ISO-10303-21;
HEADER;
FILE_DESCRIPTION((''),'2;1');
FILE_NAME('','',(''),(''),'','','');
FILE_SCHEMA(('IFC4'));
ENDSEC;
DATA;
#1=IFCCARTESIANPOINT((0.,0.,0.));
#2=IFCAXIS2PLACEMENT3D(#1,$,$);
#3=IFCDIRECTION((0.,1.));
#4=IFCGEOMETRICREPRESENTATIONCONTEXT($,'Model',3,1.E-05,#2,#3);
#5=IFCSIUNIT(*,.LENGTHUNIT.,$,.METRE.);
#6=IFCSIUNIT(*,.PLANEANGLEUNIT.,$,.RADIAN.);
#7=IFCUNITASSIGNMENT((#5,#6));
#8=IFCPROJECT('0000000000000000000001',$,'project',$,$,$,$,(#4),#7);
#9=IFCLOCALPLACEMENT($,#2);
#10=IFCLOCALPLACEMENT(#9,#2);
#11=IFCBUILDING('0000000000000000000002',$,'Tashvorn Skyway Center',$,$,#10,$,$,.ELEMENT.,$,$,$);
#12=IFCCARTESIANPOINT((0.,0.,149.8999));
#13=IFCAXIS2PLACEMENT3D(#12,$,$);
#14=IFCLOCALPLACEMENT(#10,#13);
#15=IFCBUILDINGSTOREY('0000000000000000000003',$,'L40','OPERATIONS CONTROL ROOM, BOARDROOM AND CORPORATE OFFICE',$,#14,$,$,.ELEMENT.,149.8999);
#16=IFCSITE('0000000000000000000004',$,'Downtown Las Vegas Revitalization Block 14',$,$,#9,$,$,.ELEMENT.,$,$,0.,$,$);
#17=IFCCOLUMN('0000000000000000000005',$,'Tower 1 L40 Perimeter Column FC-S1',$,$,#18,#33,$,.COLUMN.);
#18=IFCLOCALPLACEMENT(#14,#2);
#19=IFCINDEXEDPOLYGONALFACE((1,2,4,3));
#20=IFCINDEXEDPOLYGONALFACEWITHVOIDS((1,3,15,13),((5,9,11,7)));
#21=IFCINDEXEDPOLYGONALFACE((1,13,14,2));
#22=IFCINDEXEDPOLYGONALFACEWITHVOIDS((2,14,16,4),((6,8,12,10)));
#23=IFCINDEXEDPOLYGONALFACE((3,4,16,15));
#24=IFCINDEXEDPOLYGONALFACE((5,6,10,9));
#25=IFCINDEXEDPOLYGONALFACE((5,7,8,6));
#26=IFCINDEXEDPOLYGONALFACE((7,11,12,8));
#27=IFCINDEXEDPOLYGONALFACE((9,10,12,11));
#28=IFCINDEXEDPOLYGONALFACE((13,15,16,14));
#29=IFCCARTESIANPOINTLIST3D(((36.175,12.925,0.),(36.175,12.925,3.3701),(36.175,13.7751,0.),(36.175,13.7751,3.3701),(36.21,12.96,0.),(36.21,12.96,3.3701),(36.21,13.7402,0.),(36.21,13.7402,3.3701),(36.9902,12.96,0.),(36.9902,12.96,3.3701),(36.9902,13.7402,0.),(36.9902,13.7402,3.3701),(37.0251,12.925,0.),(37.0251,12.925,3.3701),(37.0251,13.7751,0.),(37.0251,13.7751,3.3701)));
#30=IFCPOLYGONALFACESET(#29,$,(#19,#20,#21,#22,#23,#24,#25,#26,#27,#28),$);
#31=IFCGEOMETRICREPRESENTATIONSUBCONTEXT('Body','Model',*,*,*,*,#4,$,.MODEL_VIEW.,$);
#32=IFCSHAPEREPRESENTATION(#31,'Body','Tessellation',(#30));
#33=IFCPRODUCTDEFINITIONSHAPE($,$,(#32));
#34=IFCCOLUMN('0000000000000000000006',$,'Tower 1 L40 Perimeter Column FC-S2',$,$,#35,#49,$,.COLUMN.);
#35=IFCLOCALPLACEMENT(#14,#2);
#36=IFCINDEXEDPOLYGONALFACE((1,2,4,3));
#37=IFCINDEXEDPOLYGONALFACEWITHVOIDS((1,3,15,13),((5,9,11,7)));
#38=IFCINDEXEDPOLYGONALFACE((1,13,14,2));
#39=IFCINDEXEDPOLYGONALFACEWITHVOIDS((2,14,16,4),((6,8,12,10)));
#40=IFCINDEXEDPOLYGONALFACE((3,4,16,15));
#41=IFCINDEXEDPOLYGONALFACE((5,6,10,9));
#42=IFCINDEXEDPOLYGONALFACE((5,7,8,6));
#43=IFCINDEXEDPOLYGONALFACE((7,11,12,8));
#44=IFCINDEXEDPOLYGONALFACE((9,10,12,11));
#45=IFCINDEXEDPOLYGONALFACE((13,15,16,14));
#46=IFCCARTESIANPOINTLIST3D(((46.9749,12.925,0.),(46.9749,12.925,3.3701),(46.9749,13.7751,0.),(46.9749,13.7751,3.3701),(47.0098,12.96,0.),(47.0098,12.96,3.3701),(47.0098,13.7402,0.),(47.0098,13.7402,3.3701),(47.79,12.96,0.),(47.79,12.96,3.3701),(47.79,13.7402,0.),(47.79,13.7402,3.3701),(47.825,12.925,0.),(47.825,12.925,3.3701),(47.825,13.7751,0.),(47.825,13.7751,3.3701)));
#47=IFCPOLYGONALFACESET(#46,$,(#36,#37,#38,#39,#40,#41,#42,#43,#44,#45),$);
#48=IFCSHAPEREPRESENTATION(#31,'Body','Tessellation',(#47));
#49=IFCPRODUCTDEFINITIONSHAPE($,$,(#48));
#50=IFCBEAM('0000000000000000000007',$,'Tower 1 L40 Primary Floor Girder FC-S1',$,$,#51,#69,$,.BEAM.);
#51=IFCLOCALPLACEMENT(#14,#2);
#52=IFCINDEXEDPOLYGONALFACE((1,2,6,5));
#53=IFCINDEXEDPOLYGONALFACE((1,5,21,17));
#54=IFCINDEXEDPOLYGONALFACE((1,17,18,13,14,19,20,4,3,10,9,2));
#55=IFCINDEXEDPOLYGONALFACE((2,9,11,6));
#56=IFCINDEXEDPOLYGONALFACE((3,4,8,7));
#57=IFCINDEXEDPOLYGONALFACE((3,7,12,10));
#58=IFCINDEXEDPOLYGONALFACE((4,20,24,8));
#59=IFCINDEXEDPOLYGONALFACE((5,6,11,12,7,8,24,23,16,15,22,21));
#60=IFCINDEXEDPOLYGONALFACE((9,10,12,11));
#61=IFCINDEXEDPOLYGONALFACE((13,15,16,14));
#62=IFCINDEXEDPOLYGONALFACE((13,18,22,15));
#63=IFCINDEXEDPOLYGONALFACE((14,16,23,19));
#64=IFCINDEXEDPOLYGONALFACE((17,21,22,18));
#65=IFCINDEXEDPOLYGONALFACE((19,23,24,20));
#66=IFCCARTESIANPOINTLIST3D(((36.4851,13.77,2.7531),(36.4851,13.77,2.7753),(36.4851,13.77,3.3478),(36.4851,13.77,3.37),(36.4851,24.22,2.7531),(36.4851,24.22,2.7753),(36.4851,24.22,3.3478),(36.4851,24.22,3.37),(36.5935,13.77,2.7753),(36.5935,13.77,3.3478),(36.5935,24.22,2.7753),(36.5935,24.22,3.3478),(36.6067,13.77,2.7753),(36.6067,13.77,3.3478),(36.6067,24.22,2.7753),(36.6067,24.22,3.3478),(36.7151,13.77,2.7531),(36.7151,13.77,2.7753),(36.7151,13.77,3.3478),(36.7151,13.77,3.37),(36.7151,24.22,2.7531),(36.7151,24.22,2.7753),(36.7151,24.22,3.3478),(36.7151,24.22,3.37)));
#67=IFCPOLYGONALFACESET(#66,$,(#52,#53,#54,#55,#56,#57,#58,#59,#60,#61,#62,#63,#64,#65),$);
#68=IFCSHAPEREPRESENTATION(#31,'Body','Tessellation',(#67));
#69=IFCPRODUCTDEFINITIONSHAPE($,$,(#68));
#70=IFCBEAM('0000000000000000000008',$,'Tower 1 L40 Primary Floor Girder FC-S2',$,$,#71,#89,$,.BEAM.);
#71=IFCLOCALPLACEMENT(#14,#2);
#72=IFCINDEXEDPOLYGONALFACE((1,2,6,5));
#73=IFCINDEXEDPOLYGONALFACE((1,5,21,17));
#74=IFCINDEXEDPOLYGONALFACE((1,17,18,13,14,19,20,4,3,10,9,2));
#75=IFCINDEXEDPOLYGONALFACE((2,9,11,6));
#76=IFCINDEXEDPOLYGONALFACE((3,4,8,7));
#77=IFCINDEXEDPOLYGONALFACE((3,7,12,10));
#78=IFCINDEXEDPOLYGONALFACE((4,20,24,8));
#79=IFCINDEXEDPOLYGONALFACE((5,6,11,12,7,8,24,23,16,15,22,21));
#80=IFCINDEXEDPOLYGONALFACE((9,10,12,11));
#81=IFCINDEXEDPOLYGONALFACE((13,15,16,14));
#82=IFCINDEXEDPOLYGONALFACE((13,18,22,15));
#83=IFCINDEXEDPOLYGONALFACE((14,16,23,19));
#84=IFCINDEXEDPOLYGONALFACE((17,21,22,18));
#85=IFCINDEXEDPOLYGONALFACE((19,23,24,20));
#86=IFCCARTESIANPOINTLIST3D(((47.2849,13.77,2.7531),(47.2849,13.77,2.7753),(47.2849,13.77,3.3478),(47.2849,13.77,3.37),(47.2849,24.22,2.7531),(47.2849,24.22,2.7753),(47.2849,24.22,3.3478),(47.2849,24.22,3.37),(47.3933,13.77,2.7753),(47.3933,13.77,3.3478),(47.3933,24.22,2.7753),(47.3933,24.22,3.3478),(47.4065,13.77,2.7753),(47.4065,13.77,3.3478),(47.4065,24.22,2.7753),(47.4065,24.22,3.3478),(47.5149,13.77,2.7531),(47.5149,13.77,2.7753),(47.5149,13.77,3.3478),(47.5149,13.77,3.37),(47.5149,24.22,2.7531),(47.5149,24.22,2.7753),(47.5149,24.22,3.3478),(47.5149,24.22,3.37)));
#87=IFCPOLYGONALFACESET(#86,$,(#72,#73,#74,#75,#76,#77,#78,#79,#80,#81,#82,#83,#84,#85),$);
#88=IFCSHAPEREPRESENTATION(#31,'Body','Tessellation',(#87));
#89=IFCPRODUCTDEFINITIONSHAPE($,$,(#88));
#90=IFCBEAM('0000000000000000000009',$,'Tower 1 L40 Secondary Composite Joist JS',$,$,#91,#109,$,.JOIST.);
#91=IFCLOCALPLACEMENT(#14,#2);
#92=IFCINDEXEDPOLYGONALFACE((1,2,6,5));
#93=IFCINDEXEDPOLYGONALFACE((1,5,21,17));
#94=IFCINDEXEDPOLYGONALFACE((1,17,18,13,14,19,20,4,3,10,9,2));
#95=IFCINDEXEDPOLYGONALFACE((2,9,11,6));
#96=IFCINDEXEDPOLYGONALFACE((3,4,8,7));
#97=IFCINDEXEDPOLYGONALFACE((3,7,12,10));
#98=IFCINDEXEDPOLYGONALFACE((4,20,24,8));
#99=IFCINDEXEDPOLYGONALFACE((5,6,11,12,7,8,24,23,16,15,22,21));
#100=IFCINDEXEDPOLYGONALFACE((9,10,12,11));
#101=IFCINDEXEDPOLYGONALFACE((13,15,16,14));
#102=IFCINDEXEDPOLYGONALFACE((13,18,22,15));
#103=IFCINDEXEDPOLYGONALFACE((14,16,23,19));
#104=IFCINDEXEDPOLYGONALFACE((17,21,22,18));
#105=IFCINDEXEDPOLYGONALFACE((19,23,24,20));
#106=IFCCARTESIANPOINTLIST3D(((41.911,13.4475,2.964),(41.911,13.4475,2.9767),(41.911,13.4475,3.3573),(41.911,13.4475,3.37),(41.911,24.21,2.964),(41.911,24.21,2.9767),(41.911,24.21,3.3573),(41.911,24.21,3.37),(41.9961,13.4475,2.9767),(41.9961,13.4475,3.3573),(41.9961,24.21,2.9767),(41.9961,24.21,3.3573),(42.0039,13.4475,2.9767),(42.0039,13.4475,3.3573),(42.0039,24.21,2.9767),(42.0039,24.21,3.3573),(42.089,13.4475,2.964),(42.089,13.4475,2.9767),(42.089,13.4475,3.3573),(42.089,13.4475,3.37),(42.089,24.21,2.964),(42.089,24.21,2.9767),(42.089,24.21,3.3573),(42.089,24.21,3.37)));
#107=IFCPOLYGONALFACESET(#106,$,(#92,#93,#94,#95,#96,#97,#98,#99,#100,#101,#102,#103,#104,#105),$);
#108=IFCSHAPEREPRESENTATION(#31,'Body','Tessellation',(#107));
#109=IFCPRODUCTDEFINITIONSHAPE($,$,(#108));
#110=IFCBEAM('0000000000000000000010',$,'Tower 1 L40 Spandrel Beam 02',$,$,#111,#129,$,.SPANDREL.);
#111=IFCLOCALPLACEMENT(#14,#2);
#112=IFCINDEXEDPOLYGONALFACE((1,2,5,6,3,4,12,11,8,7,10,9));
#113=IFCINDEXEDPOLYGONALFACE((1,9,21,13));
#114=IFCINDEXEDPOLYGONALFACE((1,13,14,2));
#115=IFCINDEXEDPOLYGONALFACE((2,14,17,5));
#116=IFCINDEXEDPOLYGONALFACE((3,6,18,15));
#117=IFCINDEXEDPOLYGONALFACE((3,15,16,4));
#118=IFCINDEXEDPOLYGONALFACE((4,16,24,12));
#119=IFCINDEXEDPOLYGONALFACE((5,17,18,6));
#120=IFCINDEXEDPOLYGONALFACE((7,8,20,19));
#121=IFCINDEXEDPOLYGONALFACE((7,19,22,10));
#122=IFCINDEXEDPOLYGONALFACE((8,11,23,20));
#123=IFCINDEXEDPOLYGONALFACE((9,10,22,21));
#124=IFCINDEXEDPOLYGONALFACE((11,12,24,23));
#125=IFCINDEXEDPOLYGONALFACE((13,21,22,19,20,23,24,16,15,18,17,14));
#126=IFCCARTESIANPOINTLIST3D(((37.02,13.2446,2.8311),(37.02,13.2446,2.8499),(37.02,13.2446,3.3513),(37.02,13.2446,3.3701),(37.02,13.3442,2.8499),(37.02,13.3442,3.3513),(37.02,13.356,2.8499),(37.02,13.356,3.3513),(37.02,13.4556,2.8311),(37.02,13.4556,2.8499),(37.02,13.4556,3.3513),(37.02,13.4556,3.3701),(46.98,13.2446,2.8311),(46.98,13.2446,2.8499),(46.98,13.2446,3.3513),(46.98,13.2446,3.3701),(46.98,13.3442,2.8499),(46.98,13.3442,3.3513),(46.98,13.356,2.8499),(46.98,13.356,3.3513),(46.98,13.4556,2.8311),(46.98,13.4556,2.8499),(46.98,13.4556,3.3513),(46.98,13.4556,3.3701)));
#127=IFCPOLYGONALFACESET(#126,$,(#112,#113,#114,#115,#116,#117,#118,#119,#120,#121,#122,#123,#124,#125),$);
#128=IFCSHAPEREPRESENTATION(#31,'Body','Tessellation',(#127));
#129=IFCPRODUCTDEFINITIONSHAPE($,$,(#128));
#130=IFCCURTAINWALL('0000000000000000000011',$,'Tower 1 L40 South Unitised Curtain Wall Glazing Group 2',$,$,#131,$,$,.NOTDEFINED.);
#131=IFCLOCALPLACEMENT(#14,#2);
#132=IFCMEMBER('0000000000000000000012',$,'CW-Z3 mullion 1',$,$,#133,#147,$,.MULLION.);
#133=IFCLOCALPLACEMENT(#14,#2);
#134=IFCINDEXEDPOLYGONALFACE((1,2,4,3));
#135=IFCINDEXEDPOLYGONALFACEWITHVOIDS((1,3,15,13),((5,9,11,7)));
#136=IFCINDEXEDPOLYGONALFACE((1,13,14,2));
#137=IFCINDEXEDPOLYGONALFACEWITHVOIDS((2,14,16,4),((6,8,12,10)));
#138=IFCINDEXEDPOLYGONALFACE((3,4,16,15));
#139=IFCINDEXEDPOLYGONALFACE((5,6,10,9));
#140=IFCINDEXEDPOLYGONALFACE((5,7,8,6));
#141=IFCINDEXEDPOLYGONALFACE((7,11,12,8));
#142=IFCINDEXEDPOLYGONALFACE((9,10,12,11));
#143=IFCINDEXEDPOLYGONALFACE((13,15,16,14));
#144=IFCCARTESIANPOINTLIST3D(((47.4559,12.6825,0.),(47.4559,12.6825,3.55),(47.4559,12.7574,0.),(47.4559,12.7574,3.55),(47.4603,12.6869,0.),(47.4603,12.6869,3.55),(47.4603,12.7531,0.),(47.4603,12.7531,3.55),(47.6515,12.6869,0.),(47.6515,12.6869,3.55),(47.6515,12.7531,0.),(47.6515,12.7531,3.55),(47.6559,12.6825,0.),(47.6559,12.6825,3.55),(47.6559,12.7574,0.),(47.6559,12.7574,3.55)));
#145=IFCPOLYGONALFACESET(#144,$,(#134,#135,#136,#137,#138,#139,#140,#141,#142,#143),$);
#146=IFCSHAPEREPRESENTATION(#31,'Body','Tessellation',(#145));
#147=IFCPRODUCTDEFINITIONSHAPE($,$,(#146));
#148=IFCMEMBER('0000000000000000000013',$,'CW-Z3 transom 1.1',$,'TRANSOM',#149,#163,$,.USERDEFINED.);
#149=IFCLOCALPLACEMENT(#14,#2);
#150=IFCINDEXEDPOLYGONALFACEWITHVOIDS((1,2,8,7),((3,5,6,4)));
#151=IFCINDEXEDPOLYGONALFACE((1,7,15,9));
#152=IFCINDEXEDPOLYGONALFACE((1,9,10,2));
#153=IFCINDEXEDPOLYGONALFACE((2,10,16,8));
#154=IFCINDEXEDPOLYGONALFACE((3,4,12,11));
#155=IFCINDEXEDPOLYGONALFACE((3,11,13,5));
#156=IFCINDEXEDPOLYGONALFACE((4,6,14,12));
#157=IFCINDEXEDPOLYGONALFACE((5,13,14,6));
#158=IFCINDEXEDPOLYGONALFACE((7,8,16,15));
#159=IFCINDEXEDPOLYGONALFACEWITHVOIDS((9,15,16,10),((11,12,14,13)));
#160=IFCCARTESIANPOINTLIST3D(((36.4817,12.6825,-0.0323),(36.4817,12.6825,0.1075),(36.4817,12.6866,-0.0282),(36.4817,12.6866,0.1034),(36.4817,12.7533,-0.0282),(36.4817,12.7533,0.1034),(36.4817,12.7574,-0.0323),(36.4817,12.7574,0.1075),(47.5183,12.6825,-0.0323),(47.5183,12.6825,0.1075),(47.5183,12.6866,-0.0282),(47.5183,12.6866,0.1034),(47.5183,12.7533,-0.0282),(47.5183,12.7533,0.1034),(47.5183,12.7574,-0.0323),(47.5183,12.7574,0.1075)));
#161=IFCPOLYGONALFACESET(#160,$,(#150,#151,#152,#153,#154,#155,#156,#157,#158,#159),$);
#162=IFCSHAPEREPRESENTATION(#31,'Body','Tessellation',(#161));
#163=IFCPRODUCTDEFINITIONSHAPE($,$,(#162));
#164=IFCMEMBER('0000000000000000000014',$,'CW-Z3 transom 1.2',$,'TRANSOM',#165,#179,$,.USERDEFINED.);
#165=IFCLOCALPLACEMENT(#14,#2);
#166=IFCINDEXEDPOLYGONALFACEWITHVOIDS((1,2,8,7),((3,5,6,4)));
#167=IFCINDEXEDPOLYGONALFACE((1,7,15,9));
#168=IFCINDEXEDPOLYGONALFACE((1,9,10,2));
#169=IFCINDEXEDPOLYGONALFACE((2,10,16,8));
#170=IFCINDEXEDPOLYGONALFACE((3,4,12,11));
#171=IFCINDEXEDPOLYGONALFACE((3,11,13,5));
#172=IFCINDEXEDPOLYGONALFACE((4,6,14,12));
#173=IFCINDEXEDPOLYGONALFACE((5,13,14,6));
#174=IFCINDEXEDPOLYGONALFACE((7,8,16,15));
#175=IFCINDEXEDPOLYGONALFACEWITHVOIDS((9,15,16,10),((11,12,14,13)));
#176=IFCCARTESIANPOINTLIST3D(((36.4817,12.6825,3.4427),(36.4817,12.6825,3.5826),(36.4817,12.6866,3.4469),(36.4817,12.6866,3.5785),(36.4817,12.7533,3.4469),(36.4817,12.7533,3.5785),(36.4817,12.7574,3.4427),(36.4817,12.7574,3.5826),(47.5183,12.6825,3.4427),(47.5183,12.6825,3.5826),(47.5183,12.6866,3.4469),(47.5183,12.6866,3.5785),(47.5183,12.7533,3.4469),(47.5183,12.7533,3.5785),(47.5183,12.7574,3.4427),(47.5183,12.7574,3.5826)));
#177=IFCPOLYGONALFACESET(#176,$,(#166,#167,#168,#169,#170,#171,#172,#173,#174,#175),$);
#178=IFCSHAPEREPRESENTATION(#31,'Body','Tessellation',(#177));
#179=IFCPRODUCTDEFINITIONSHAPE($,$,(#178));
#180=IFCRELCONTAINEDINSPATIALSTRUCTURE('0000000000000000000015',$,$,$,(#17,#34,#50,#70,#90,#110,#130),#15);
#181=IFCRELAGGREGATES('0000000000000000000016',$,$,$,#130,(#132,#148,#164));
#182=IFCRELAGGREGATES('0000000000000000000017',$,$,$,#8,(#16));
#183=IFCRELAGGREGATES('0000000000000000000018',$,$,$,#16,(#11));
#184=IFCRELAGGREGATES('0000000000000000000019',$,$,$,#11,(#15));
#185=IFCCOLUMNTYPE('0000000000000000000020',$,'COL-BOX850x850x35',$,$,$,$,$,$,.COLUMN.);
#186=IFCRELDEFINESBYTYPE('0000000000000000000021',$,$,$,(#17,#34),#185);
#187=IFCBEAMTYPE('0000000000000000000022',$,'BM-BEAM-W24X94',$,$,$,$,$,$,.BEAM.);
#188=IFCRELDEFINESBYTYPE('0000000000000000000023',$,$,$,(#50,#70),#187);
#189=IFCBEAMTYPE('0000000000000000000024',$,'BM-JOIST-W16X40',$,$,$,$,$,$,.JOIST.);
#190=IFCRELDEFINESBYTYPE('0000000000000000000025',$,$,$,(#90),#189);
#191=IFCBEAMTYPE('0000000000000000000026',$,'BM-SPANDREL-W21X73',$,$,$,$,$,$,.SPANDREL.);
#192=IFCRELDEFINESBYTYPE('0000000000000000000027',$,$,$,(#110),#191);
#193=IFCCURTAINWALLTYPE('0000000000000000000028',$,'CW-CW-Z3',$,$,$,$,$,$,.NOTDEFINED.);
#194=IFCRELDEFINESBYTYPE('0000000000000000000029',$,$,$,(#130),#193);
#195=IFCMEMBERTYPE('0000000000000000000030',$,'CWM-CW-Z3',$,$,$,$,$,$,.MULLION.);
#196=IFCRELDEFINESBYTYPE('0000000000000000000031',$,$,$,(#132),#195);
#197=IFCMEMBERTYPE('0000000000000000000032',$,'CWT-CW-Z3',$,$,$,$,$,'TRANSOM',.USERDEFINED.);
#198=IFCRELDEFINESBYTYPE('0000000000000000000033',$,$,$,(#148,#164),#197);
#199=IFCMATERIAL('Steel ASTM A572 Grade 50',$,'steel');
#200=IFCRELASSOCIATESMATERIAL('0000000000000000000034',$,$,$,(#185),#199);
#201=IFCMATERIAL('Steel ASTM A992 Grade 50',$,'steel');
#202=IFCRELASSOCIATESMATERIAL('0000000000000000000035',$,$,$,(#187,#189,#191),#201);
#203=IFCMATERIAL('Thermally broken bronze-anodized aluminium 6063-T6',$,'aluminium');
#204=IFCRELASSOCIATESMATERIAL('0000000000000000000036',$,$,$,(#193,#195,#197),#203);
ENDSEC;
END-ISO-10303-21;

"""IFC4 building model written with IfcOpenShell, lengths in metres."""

from ifc_helpers import new_model, si_unit, direction, frame, origin, origin_2d, place, context, subcontext, project, spatial, hollow_rectangle, i_section, extrude, material, material_profile, profile_set, type_object, element, aggregate, save


model = new_model("IFC4")

# Units and contexts
model_context = context("Model", 3, precision=1e-05, world=origin(), true_north=direction((0.0, 1.0)))
body_context = subcontext(model_context, "Body", "Model", "MODEL_VIEW")
ifc_project = project(units=[si_unit("LENGTHUNIT", "METRE"), si_unit("PLANEANGLEUNIT", "RADIAN")], contexts=[model_context])

# Site, building, storey
site_placement = place(None, origin())
site = spatial("IfcSite", under=ifc_project, at=site_placement, Name="Downtown Las Vegas Revitalization Block 14", CompositionType="ELEMENT", RefElevation=0.0)
building_placement = place(site_placement, origin())
building = spatial("IfcBuilding", under=site, at=building_placement, Name="Tashvorn Skyway Center", CompositionType="ELEMENT")
storey_placement = place(building_placement, frame((0.0, 0.0, 149.8999)))
storey = spatial("IfcBuildingStorey", under=building, at=storey_placement, Name="L40", Description="OPERATIONS CONTROL ROOM, BOARDROOM AND CORPORATE OFFICE", CompositionType="ELEMENT", Elevation=149.8999)

# Columns
ifc_material_1 = material(Name="Steel ASTM A572 Grade 50", Category="steel")
ifc_material_profile_1 = material_profile(ifc_material_1, hollow_rectangle(XDim=0.8501, YDim=0.8501, WallThickness=0.0349, at=origin_2d()), Name="BOX850x850x35")
ifc_profile_set_1 = profile_set([ifc_material_profile_1], Name="Steel ASTM A572 Grade 50")
column_type = type_object("IfcColumnType", Name="COL-BOX850x850x35", PredefinedType="COLUMN", material=ifc_profile_set_1)
for number, where, z_axis, x_axis, name in (
    (1, (36.6001, 13.3501, 0.0), (0.0, 0.0, 1.0), (1.0, 0.0, 0.0), "Tower 1 L40 Perimeter Column FC-S1"),
    (2, (47.3999, 13.3501, 0.0), (0.0, 0.0, 1.0), (1.0, 0.0, 0.0), "Tower 1 L40 Perimeter Column FC-S2"),
):
    element("IfcColumn", number, at=place(storey_placement, frame(where, z_axis=z_axis, x_axis=x_axis)), inside=storey, type_object=column_type, Name=name, PredefinedType="COLUMN", context=body_context, shape_type="SweptSolid", body=[
        extrude(hollow_rectangle(XDim=0.8501, YDim=0.8501, WallThickness=0.0349, at=origin_2d()), origin(), (0.0, 0.0, 1.0), 3.3701),
    ])

# Beams
ifc_material_2 = material(Name="Steel ASTM A992 Grade 50", Category="steel")
ifc_material_profile_2 = material_profile(ifc_material_2, i_section(OverallWidth=0.23, OverallDepth=0.6169, WebThickness=0.0132, FlangeThickness=0.0222, at=origin_2d()), Name="W24X94")
ifc_profile_set_2 = profile_set([ifc_material_profile_2], Name="Steel ASTM A992 Grade 50")
beam_type_1 = type_object("IfcBeamType", Name="BM-BEAM-W24X94", PredefinedType="BEAM", material=ifc_profile_set_2)
for number, where, z_axis, x_axis, name in (
    (3, (36.6001, 13.77, 3.0615), (0.0, 1.0, 0.0), (-1.0, 0.0, 0.0), "Tower 1 L40 Primary Floor Girder FC-S1"),
    (4, (47.3999, 13.77, 3.0615), (0.0, 1.0, 0.0), (-1.0, 0.0, 0.0), "Tower 1 L40 Primary Floor Girder FC-S2"),
):
    element("IfcBeam", number, at=place(storey_placement, frame(where, z_axis=z_axis, x_axis=x_axis)), inside=storey, type_object=beam_type_1, Name=name, PredefinedType="BEAM", context=body_context, shape_type="SweptSolid", body=[
        extrude(i_section(OverallWidth=0.23, OverallDepth=0.6169, WebThickness=0.0132, FlangeThickness=0.0222, at=origin_2d()), origin(), (0.0, 0.0, 1.0), 10.45),
    ])
ifc_material_profile_3 = material_profile(ifc_material_2, i_section(OverallWidth=0.178, OverallDepth=0.406, WebThickness=0.0078, FlangeThickness=0.0127, at=origin_2d()), Name="W16X40")
ifc_profile_set_3 = profile_set([ifc_material_profile_3], Name="Steel ASTM A992 Grade 50")
beam_type_2 = type_object("IfcBeamType", Name="BM-JOIST-W16X40", PredefinedType="JOIST", material=ifc_profile_set_3)
beam_1_placement = place(storey_placement, frame((42.0, 24.21, 3.167), z_axis=(0.0, -1.0, 0.0), x_axis=(1.0, 0.0, 0.0)))
element("IfcBeam", 5, at=beam_1_placement, inside=storey, type_object=beam_type_2, Name="Tower 1 L40 Secondary Composite Joist JS", PredefinedType="JOIST", context=body_context, shape_type="SweptSolid", body=[
    extrude(i_section(OverallWidth=0.178, OverallDepth=0.406, WebThickness=0.0078, FlangeThickness=0.0127, at=origin_2d()), origin(), (0.0, 0.0, 1.0), 10.7625),
])
ifc_material_profile_4 = material_profile(ifc_material_2, i_section(OverallWidth=0.2109, OverallDepth=0.5391, WebThickness=0.0117, FlangeThickness=0.0188, at=origin_2d()), Name="W21X73")
ifc_profile_set_4 = profile_set([ifc_material_profile_4], Name="Steel ASTM A992 Grade 50")
beam_type_3 = type_object("IfcBeamType", Name="BM-SPANDREL-W21X73", PredefinedType="SPANDREL", material=ifc_profile_set_4)
beam_2_placement = place(storey_placement, frame((37.02, 13.3501, 3.1006), z_axis=(1.0, 0.0, 0.0), x_axis=(0.0, 1.0, 0.0)))
element("IfcBeam", 6, at=beam_2_placement, inside=storey, type_object=beam_type_3, Name="Tower 1 L40 Spandrel Beam 02", PredefinedType="SPANDREL", context=body_context, shape_type="SweptSolid", body=[
    extrude(i_section(OverallWidth=0.2109, OverallDepth=0.5391, WebThickness=0.0117, FlangeThickness=0.0188, at=origin_2d()), origin(), (0.0, 0.0, 1.0), 9.96),
])

# Curtain wall, members
ifc_material_3 = material(Name="Thermally broken bronze-anodized aluminium 6063-T6", Category="aluminium")
curtain_wall_type = type_object("IfcCurtainWallType", Name="CW-CW-Z3", PredefinedType="NOTDEFINED", material=ifc_material_3)
curtain_wall_placement = place(storey_placement, origin())
curtain_wall = element("IfcCurtainWall", 7, at=curtain_wall_placement, inside=storey, type_object=curtain_wall_type, Name="Tower 1 L40 South Unitised Curtain Wall Glazing Group 2", PredefinedType="NOTDEFINED")
ifc_material_profile_5 = material_profile(ifc_material_3, hollow_rectangle(XDim=0.075, YDim=0.2, WallThickness=0.0044, at=origin_2d()), Name="ALU-MULL-75x200")
ifc_profile_set_5 = profile_set([ifc_material_profile_5], Name="Thermally broken bronze-anodized aluminium 6063-T6")
member_type_1 = type_object("IfcMemberType", Name="CWM-CW-Z3", PredefinedType="MULLION", material=ifc_profile_set_5)
member_1_placement = place(storey_placement, frame((47.5559, 12.72, 0.0), z_axis=(0.0, 0.0, 1.0), x_axis=(0.0, -1.0, 0.0)))
member_1 = element("IfcMember", 8, at=member_1_placement, type_object=member_type_1, Name="CW-Z3 mullion 1", PredefinedType="MULLION", context=body_context, shape_type="SweptSolid", body=[
    extrude(hollow_rectangle(XDim=0.075, YDim=0.2, WallThickness=0.0044, at=origin_2d()), origin(), (0.0, 0.0, 1.0), 3.55),
])
ifc_material_profile_6 = material_profile(ifc_material_3, hollow_rectangle(XDim=0.075, YDim=0.1399, WallThickness=0.0042, at=origin_2d()), Name="ALU-TRAN-75x140")
ifc_profile_set_6 = profile_set([ifc_material_profile_6], Name="Thermally broken bronze-anodized aluminium 6063-T6")
member_type_2 = type_object("IfcMemberType", Name="CWT-CW-Z3", ElementType="TRANSOM", PredefinedType="USERDEFINED", material=ifc_profile_set_6)
member_2_placement = place(storey_placement, frame((47.5183, 12.72, 0.0376), z_axis=(-1.0, 0.0, 0.0), x_axis=(0.0, -1.0, 0.0)))
member_2 = element("IfcMember", 9, at=member_2_placement, type_object=member_type_2, Name="CW-Z3 transom 1.1", ObjectType="TRANSOM", PredefinedType="USERDEFINED", context=body_context, shape_type="SweptSolid", body=[
    extrude(hollow_rectangle(XDim=0.075, YDim=0.1399, WallThickness=0.0042, at=origin_2d()), origin(), (0.0, 0.0, 1.0), 11.0366),
])
member_3_placement = place(storey_placement, frame((47.5183, 12.72, 3.5127), z_axis=(-1.0, 0.0, 0.0), x_axis=(0.0, -1.0, 0.0)))
member_3 = element("IfcMember", 10, at=member_3_placement, type_object=member_type_2, Name="CW-Z3 transom 1.2", ObjectType="TRANSOM", PredefinedType="USERDEFINED", context=body_context, shape_type="SweptSolid", body=[
    extrude(hollow_rectangle(XDim=0.075, YDim=0.1399, WallThickness=0.0042, at=origin_2d()), origin(), (0.0, 0.0, 1.0), 11.0366),
])
aggregate(curtain_wall, [member_1, member_2, member_3])

save(model, "model.ifc")
